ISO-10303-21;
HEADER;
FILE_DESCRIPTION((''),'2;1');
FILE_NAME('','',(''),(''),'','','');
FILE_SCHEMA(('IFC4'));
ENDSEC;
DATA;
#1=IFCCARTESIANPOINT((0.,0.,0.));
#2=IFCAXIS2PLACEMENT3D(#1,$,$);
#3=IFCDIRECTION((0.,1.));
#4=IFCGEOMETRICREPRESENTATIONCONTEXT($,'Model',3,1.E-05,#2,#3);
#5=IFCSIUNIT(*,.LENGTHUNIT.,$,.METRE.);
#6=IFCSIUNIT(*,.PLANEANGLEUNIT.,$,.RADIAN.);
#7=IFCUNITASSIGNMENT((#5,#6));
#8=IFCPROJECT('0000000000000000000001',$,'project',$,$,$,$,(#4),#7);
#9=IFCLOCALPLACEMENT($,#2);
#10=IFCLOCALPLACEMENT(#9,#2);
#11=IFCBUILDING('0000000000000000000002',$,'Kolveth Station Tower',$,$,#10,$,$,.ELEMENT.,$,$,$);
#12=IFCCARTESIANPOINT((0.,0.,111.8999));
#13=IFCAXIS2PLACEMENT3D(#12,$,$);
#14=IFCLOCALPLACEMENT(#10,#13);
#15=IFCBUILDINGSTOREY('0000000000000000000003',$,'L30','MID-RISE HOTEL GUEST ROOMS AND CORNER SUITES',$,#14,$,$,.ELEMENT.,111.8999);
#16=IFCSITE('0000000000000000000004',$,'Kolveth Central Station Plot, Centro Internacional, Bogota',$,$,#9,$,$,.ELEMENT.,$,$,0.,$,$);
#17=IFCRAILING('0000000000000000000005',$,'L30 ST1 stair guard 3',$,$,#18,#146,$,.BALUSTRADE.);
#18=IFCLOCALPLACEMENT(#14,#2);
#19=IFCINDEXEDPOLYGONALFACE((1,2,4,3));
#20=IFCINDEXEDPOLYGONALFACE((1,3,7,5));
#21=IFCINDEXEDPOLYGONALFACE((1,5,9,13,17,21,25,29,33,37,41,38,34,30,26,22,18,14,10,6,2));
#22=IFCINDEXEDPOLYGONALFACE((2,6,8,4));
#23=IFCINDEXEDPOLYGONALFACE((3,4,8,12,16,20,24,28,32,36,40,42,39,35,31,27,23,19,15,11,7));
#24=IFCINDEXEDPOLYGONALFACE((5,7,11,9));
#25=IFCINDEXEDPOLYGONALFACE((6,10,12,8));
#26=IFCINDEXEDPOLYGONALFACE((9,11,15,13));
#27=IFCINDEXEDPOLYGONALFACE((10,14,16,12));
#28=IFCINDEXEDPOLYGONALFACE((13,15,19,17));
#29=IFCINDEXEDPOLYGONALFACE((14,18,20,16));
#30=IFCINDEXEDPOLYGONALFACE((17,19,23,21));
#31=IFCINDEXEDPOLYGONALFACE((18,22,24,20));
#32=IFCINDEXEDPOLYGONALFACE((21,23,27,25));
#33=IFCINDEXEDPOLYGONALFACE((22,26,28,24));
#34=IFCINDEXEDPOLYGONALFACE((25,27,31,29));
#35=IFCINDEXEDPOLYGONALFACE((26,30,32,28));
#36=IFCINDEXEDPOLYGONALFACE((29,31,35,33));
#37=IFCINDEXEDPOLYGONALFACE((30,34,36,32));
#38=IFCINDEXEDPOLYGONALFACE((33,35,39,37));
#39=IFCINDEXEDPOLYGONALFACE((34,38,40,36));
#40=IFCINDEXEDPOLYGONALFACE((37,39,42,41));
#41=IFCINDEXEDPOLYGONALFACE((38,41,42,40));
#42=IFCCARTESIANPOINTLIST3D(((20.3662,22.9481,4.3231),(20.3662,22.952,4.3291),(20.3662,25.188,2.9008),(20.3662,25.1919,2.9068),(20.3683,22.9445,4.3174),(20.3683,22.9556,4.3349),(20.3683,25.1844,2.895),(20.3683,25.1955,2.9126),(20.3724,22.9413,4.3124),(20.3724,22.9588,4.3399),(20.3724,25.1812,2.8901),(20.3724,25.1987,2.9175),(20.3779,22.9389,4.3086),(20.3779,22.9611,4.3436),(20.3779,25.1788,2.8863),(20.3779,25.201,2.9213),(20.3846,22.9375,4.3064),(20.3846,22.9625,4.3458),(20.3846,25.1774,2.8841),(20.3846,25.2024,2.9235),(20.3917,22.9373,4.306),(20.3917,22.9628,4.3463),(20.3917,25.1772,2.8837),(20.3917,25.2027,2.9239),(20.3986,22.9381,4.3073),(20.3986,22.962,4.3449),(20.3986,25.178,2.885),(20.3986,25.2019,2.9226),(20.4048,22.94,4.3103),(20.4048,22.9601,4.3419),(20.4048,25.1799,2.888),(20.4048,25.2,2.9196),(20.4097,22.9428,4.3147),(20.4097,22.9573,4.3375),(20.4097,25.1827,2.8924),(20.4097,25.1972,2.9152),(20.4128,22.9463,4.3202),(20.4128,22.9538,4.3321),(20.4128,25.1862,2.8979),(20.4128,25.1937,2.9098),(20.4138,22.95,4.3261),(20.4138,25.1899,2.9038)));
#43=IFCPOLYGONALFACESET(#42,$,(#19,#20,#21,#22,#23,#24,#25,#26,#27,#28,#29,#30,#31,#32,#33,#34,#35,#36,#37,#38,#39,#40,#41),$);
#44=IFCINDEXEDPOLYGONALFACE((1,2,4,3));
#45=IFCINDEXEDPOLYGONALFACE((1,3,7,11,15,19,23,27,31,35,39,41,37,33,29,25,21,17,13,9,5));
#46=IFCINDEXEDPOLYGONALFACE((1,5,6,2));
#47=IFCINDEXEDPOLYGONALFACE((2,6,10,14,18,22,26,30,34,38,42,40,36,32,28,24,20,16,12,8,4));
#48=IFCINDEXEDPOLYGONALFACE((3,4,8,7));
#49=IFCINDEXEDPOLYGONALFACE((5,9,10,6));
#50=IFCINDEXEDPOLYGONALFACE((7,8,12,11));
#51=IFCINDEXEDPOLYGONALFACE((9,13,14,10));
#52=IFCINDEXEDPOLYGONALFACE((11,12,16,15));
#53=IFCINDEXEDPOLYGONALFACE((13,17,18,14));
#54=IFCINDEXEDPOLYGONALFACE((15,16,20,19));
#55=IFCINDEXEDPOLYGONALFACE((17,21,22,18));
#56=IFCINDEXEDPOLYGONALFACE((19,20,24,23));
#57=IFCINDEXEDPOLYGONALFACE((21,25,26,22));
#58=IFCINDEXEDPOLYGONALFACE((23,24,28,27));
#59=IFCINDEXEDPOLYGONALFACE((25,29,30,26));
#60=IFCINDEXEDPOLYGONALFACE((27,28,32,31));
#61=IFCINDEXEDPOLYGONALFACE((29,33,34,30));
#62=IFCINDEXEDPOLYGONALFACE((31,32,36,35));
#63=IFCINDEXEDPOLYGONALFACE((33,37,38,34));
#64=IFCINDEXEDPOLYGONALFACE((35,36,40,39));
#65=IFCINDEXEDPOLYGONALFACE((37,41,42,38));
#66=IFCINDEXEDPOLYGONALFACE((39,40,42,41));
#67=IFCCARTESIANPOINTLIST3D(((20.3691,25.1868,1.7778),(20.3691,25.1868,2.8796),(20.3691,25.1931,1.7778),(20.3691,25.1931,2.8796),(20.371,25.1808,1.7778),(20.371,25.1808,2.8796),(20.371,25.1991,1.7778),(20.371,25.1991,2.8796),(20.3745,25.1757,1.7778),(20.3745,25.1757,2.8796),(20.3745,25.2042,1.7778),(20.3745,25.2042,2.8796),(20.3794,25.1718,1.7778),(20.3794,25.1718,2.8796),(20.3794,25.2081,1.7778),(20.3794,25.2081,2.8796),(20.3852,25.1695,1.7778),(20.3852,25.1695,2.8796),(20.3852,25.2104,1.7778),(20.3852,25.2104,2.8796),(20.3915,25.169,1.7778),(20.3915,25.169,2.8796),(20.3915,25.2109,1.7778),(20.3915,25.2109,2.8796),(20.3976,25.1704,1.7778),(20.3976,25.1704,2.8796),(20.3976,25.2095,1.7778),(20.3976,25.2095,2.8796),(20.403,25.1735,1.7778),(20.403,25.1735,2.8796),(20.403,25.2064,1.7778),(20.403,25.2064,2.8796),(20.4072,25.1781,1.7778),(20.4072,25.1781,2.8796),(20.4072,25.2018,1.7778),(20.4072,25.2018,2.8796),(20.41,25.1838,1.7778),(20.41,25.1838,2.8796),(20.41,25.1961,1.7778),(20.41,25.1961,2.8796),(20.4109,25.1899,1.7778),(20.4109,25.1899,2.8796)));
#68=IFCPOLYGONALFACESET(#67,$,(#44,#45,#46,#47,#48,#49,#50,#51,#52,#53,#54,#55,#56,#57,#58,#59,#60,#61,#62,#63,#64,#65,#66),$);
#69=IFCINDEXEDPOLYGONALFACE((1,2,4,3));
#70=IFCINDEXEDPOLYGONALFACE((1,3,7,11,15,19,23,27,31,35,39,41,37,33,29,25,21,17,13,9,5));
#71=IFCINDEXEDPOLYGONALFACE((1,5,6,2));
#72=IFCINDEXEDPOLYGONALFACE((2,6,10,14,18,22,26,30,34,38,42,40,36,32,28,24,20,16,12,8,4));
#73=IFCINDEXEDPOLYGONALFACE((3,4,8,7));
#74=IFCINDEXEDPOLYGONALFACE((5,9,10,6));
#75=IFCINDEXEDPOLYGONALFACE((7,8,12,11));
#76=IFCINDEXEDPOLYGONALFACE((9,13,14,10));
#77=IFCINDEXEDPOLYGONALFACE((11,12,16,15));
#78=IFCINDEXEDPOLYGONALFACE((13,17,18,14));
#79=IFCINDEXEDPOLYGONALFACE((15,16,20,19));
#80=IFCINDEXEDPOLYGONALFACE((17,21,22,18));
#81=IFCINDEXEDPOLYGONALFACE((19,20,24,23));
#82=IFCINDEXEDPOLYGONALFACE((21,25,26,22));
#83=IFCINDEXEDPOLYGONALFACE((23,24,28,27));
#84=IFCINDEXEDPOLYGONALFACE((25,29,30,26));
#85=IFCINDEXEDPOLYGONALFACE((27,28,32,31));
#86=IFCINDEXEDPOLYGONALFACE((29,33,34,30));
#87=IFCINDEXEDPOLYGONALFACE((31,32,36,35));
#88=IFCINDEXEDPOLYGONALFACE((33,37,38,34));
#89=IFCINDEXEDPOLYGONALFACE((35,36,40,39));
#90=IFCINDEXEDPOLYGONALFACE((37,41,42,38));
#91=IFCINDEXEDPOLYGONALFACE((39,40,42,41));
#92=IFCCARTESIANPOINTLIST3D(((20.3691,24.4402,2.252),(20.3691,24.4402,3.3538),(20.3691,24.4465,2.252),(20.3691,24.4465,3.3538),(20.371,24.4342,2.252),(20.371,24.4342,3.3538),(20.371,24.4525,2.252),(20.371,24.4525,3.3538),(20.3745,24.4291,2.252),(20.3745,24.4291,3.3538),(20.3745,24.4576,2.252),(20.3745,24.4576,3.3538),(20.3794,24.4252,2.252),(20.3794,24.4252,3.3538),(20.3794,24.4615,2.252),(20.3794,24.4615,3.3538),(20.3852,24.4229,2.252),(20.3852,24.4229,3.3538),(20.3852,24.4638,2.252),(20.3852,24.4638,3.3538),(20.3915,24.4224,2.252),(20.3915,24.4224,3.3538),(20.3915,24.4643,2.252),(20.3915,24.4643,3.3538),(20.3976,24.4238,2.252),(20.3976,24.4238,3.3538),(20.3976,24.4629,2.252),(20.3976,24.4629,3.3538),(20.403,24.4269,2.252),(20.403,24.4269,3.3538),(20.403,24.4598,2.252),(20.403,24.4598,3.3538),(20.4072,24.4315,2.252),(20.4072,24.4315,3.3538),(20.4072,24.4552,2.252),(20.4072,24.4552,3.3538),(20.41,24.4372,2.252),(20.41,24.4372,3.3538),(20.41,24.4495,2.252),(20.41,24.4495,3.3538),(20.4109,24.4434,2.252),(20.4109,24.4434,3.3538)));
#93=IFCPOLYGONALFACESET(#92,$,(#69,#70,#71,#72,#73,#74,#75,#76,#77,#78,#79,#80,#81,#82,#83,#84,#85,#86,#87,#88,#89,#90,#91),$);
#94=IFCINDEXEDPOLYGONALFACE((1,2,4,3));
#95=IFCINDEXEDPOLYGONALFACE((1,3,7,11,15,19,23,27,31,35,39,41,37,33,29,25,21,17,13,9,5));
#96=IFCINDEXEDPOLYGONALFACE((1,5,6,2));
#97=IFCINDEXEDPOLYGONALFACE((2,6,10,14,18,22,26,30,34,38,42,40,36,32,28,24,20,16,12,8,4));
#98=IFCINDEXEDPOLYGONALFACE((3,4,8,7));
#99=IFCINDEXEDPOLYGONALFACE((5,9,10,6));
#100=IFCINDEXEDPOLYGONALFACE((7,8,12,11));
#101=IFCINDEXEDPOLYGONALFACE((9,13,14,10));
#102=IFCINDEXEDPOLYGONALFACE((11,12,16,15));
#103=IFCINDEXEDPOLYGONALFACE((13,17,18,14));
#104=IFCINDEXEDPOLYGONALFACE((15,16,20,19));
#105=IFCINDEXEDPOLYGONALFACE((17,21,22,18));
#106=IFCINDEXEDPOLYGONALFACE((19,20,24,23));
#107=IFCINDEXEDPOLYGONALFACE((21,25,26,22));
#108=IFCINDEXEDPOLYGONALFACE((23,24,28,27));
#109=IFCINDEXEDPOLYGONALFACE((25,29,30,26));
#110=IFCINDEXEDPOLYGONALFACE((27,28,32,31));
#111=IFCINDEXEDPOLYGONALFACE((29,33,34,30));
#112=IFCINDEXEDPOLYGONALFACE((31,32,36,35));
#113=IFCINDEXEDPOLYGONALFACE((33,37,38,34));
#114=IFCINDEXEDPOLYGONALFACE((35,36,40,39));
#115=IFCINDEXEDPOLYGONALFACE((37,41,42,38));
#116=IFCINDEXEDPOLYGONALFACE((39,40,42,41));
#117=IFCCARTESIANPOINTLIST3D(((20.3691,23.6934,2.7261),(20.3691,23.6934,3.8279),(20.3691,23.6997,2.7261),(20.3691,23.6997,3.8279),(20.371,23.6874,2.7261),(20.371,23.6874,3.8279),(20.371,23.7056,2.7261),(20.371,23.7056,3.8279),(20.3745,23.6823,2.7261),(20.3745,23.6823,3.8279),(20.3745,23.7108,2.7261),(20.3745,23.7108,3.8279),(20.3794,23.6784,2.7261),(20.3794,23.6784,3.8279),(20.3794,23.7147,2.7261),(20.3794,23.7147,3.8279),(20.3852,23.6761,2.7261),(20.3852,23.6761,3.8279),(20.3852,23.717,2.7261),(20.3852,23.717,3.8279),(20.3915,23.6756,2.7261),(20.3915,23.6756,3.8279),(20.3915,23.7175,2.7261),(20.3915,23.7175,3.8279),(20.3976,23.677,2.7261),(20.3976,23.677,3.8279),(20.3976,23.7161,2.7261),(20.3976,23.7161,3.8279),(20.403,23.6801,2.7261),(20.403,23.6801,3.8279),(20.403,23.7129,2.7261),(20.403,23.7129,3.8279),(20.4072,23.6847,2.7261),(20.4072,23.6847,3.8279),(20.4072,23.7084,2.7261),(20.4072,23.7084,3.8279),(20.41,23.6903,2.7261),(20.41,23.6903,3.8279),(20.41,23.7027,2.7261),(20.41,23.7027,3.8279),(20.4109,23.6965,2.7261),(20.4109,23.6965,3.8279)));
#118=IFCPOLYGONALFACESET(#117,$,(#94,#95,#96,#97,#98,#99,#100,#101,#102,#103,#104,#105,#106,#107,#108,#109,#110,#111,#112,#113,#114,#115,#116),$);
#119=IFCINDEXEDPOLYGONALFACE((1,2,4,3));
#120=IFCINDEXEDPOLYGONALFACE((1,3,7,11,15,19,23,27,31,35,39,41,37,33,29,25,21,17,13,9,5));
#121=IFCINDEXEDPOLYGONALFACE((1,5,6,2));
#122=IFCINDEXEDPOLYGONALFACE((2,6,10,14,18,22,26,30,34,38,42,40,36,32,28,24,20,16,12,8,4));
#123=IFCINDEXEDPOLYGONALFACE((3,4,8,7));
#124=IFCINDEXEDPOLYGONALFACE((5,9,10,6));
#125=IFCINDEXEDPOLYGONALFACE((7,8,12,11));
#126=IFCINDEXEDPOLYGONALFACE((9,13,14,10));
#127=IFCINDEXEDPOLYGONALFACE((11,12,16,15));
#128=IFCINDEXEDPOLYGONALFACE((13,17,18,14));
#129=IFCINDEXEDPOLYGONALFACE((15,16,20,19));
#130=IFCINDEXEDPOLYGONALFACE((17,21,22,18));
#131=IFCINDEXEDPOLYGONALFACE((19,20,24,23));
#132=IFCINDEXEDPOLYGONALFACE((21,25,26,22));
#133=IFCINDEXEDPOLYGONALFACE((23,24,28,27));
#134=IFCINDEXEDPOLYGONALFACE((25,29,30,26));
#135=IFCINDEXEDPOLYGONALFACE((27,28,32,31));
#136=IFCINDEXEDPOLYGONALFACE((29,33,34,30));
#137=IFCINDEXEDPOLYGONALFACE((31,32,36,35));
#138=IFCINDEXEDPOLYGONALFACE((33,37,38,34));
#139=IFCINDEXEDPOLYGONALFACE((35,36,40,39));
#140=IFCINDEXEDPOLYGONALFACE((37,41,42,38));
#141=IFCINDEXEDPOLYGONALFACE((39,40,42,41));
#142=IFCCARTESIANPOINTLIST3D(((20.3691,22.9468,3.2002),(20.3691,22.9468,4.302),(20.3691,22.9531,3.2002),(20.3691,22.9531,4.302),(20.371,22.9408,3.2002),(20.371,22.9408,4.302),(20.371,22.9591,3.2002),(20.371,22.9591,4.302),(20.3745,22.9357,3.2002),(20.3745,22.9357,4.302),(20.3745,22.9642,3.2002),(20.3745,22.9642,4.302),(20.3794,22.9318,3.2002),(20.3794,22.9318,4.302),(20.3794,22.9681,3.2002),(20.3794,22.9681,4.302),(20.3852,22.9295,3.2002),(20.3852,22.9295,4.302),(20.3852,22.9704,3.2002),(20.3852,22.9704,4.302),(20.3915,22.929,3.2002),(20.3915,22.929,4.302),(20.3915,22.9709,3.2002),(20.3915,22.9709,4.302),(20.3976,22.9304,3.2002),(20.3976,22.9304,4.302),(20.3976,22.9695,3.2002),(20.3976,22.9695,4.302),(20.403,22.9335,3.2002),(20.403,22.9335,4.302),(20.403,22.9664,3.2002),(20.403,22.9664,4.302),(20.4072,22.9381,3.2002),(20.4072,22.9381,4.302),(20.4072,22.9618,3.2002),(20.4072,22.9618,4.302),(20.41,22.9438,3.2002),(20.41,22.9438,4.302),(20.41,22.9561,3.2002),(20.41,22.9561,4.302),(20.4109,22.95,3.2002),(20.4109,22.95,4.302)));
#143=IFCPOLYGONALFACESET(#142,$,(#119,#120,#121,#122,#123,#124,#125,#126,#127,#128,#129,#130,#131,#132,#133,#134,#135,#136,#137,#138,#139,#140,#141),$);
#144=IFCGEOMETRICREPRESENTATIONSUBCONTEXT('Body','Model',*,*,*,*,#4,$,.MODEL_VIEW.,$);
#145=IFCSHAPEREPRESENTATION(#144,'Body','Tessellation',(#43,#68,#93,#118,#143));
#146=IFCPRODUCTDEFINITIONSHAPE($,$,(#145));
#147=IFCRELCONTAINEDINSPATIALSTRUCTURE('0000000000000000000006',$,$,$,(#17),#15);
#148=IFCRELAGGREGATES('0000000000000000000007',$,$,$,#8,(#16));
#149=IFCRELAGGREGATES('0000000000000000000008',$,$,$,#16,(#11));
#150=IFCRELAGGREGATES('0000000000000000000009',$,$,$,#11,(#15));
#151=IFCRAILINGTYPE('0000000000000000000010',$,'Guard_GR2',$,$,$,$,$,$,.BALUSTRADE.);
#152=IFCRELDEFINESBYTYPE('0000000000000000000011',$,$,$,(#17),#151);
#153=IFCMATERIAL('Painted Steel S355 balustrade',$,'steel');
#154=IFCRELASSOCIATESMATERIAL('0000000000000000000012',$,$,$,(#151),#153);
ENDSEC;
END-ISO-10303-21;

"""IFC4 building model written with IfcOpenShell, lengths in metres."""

from ifc_helpers import new_model, si_unit, direction, frame, origin, origin_2d, place, context, subcontext, project, spatial, circle, extrude, material, type_object, element, save


model = new_model("IFC4")

# Units and contexts
model_context = context("Model", 3, precision=1e-05, world=origin(), true_north=direction((0.0, 1.0)))
body_context = subcontext(model_context, "Body", "Model", "MODEL_VIEW")
ifc_project = project(units=[si_unit("LENGTHUNIT", "METRE"), si_unit("PLANEANGLEUNIT", "RADIAN")], contexts=[model_context])

# Site, building, storey
site_placement = place(None, origin())
site = spatial("IfcSite", under=ifc_project, at=site_placement, Name="Kolveth Central Station Plot, Centro Internacional, Bogota", CompositionType="ELEMENT", RefElevation=0.0)
building_placement = place(site_placement, origin())
building = spatial("IfcBuilding", under=site, at=building_placement, Name="Kolveth Station Tower", CompositionType="ELEMENT")
storey_placement = place(building_placement, frame((0.0, 0.0, 111.8999)))
storey = spatial("IfcBuildingStorey", under=building, at=storey_placement, Name="L30", Description="MID-RISE HOTEL GUEST ROOMS AND CORNER SUITES", CompositionType="ELEMENT", Elevation=111.8999)

# Railing
ifc_material_1 = material(Name="Painted Steel S355 balustrade", Category="steel")
railing_type_1 = type_object("IfcRailingType", Name="Guard_GR2", PredefinedType="BALUSTRADE", material=ifc_material_1)
railing_1_placement = place(storey_placement, frame((20.3899, 25.1899, 1.7778)))
element("IfcRailing", 1, at=railing_1_placement, inside=storey, type_object=railing_type_1, Name="L30 ST1 stair guard 3", PredefinedType="BALUSTRADE", context=body_context, shape_type="SweptSolid", body=[
    extrude(circle(Radius=0.0239, at=origin_2d()), frame((0.0, 0.0, 1.126), z_axis=(0.0, -0.844188, 0.536048), x_axis=(1.0, 0.0, 0.0)), (0.0, 0.0, 1.0), 2.6533),
    extrude(circle(Radius=0.021, at=origin_2d()), origin(), (0.0, 0.0, 1.0), 1.1018),
    extrude(circle(Radius=0.021, at=origin_2d()), frame((0.0, -0.7466, 0.4741)), (0.0, 0.0, 1.0), 1.1018),
    extrude(circle(Radius=0.021, at=origin_2d()), frame((0.0, -1.4934, 0.9482)), (0.0, 0.0, 1.0), 1.1018),
    extrude(circle(Radius=0.021, at=origin_2d()), frame((0.0, -2.24, 1.4224)), (0.0, 0.0, 1.0), 1.1018),
])

save(model, "model.ifc")
